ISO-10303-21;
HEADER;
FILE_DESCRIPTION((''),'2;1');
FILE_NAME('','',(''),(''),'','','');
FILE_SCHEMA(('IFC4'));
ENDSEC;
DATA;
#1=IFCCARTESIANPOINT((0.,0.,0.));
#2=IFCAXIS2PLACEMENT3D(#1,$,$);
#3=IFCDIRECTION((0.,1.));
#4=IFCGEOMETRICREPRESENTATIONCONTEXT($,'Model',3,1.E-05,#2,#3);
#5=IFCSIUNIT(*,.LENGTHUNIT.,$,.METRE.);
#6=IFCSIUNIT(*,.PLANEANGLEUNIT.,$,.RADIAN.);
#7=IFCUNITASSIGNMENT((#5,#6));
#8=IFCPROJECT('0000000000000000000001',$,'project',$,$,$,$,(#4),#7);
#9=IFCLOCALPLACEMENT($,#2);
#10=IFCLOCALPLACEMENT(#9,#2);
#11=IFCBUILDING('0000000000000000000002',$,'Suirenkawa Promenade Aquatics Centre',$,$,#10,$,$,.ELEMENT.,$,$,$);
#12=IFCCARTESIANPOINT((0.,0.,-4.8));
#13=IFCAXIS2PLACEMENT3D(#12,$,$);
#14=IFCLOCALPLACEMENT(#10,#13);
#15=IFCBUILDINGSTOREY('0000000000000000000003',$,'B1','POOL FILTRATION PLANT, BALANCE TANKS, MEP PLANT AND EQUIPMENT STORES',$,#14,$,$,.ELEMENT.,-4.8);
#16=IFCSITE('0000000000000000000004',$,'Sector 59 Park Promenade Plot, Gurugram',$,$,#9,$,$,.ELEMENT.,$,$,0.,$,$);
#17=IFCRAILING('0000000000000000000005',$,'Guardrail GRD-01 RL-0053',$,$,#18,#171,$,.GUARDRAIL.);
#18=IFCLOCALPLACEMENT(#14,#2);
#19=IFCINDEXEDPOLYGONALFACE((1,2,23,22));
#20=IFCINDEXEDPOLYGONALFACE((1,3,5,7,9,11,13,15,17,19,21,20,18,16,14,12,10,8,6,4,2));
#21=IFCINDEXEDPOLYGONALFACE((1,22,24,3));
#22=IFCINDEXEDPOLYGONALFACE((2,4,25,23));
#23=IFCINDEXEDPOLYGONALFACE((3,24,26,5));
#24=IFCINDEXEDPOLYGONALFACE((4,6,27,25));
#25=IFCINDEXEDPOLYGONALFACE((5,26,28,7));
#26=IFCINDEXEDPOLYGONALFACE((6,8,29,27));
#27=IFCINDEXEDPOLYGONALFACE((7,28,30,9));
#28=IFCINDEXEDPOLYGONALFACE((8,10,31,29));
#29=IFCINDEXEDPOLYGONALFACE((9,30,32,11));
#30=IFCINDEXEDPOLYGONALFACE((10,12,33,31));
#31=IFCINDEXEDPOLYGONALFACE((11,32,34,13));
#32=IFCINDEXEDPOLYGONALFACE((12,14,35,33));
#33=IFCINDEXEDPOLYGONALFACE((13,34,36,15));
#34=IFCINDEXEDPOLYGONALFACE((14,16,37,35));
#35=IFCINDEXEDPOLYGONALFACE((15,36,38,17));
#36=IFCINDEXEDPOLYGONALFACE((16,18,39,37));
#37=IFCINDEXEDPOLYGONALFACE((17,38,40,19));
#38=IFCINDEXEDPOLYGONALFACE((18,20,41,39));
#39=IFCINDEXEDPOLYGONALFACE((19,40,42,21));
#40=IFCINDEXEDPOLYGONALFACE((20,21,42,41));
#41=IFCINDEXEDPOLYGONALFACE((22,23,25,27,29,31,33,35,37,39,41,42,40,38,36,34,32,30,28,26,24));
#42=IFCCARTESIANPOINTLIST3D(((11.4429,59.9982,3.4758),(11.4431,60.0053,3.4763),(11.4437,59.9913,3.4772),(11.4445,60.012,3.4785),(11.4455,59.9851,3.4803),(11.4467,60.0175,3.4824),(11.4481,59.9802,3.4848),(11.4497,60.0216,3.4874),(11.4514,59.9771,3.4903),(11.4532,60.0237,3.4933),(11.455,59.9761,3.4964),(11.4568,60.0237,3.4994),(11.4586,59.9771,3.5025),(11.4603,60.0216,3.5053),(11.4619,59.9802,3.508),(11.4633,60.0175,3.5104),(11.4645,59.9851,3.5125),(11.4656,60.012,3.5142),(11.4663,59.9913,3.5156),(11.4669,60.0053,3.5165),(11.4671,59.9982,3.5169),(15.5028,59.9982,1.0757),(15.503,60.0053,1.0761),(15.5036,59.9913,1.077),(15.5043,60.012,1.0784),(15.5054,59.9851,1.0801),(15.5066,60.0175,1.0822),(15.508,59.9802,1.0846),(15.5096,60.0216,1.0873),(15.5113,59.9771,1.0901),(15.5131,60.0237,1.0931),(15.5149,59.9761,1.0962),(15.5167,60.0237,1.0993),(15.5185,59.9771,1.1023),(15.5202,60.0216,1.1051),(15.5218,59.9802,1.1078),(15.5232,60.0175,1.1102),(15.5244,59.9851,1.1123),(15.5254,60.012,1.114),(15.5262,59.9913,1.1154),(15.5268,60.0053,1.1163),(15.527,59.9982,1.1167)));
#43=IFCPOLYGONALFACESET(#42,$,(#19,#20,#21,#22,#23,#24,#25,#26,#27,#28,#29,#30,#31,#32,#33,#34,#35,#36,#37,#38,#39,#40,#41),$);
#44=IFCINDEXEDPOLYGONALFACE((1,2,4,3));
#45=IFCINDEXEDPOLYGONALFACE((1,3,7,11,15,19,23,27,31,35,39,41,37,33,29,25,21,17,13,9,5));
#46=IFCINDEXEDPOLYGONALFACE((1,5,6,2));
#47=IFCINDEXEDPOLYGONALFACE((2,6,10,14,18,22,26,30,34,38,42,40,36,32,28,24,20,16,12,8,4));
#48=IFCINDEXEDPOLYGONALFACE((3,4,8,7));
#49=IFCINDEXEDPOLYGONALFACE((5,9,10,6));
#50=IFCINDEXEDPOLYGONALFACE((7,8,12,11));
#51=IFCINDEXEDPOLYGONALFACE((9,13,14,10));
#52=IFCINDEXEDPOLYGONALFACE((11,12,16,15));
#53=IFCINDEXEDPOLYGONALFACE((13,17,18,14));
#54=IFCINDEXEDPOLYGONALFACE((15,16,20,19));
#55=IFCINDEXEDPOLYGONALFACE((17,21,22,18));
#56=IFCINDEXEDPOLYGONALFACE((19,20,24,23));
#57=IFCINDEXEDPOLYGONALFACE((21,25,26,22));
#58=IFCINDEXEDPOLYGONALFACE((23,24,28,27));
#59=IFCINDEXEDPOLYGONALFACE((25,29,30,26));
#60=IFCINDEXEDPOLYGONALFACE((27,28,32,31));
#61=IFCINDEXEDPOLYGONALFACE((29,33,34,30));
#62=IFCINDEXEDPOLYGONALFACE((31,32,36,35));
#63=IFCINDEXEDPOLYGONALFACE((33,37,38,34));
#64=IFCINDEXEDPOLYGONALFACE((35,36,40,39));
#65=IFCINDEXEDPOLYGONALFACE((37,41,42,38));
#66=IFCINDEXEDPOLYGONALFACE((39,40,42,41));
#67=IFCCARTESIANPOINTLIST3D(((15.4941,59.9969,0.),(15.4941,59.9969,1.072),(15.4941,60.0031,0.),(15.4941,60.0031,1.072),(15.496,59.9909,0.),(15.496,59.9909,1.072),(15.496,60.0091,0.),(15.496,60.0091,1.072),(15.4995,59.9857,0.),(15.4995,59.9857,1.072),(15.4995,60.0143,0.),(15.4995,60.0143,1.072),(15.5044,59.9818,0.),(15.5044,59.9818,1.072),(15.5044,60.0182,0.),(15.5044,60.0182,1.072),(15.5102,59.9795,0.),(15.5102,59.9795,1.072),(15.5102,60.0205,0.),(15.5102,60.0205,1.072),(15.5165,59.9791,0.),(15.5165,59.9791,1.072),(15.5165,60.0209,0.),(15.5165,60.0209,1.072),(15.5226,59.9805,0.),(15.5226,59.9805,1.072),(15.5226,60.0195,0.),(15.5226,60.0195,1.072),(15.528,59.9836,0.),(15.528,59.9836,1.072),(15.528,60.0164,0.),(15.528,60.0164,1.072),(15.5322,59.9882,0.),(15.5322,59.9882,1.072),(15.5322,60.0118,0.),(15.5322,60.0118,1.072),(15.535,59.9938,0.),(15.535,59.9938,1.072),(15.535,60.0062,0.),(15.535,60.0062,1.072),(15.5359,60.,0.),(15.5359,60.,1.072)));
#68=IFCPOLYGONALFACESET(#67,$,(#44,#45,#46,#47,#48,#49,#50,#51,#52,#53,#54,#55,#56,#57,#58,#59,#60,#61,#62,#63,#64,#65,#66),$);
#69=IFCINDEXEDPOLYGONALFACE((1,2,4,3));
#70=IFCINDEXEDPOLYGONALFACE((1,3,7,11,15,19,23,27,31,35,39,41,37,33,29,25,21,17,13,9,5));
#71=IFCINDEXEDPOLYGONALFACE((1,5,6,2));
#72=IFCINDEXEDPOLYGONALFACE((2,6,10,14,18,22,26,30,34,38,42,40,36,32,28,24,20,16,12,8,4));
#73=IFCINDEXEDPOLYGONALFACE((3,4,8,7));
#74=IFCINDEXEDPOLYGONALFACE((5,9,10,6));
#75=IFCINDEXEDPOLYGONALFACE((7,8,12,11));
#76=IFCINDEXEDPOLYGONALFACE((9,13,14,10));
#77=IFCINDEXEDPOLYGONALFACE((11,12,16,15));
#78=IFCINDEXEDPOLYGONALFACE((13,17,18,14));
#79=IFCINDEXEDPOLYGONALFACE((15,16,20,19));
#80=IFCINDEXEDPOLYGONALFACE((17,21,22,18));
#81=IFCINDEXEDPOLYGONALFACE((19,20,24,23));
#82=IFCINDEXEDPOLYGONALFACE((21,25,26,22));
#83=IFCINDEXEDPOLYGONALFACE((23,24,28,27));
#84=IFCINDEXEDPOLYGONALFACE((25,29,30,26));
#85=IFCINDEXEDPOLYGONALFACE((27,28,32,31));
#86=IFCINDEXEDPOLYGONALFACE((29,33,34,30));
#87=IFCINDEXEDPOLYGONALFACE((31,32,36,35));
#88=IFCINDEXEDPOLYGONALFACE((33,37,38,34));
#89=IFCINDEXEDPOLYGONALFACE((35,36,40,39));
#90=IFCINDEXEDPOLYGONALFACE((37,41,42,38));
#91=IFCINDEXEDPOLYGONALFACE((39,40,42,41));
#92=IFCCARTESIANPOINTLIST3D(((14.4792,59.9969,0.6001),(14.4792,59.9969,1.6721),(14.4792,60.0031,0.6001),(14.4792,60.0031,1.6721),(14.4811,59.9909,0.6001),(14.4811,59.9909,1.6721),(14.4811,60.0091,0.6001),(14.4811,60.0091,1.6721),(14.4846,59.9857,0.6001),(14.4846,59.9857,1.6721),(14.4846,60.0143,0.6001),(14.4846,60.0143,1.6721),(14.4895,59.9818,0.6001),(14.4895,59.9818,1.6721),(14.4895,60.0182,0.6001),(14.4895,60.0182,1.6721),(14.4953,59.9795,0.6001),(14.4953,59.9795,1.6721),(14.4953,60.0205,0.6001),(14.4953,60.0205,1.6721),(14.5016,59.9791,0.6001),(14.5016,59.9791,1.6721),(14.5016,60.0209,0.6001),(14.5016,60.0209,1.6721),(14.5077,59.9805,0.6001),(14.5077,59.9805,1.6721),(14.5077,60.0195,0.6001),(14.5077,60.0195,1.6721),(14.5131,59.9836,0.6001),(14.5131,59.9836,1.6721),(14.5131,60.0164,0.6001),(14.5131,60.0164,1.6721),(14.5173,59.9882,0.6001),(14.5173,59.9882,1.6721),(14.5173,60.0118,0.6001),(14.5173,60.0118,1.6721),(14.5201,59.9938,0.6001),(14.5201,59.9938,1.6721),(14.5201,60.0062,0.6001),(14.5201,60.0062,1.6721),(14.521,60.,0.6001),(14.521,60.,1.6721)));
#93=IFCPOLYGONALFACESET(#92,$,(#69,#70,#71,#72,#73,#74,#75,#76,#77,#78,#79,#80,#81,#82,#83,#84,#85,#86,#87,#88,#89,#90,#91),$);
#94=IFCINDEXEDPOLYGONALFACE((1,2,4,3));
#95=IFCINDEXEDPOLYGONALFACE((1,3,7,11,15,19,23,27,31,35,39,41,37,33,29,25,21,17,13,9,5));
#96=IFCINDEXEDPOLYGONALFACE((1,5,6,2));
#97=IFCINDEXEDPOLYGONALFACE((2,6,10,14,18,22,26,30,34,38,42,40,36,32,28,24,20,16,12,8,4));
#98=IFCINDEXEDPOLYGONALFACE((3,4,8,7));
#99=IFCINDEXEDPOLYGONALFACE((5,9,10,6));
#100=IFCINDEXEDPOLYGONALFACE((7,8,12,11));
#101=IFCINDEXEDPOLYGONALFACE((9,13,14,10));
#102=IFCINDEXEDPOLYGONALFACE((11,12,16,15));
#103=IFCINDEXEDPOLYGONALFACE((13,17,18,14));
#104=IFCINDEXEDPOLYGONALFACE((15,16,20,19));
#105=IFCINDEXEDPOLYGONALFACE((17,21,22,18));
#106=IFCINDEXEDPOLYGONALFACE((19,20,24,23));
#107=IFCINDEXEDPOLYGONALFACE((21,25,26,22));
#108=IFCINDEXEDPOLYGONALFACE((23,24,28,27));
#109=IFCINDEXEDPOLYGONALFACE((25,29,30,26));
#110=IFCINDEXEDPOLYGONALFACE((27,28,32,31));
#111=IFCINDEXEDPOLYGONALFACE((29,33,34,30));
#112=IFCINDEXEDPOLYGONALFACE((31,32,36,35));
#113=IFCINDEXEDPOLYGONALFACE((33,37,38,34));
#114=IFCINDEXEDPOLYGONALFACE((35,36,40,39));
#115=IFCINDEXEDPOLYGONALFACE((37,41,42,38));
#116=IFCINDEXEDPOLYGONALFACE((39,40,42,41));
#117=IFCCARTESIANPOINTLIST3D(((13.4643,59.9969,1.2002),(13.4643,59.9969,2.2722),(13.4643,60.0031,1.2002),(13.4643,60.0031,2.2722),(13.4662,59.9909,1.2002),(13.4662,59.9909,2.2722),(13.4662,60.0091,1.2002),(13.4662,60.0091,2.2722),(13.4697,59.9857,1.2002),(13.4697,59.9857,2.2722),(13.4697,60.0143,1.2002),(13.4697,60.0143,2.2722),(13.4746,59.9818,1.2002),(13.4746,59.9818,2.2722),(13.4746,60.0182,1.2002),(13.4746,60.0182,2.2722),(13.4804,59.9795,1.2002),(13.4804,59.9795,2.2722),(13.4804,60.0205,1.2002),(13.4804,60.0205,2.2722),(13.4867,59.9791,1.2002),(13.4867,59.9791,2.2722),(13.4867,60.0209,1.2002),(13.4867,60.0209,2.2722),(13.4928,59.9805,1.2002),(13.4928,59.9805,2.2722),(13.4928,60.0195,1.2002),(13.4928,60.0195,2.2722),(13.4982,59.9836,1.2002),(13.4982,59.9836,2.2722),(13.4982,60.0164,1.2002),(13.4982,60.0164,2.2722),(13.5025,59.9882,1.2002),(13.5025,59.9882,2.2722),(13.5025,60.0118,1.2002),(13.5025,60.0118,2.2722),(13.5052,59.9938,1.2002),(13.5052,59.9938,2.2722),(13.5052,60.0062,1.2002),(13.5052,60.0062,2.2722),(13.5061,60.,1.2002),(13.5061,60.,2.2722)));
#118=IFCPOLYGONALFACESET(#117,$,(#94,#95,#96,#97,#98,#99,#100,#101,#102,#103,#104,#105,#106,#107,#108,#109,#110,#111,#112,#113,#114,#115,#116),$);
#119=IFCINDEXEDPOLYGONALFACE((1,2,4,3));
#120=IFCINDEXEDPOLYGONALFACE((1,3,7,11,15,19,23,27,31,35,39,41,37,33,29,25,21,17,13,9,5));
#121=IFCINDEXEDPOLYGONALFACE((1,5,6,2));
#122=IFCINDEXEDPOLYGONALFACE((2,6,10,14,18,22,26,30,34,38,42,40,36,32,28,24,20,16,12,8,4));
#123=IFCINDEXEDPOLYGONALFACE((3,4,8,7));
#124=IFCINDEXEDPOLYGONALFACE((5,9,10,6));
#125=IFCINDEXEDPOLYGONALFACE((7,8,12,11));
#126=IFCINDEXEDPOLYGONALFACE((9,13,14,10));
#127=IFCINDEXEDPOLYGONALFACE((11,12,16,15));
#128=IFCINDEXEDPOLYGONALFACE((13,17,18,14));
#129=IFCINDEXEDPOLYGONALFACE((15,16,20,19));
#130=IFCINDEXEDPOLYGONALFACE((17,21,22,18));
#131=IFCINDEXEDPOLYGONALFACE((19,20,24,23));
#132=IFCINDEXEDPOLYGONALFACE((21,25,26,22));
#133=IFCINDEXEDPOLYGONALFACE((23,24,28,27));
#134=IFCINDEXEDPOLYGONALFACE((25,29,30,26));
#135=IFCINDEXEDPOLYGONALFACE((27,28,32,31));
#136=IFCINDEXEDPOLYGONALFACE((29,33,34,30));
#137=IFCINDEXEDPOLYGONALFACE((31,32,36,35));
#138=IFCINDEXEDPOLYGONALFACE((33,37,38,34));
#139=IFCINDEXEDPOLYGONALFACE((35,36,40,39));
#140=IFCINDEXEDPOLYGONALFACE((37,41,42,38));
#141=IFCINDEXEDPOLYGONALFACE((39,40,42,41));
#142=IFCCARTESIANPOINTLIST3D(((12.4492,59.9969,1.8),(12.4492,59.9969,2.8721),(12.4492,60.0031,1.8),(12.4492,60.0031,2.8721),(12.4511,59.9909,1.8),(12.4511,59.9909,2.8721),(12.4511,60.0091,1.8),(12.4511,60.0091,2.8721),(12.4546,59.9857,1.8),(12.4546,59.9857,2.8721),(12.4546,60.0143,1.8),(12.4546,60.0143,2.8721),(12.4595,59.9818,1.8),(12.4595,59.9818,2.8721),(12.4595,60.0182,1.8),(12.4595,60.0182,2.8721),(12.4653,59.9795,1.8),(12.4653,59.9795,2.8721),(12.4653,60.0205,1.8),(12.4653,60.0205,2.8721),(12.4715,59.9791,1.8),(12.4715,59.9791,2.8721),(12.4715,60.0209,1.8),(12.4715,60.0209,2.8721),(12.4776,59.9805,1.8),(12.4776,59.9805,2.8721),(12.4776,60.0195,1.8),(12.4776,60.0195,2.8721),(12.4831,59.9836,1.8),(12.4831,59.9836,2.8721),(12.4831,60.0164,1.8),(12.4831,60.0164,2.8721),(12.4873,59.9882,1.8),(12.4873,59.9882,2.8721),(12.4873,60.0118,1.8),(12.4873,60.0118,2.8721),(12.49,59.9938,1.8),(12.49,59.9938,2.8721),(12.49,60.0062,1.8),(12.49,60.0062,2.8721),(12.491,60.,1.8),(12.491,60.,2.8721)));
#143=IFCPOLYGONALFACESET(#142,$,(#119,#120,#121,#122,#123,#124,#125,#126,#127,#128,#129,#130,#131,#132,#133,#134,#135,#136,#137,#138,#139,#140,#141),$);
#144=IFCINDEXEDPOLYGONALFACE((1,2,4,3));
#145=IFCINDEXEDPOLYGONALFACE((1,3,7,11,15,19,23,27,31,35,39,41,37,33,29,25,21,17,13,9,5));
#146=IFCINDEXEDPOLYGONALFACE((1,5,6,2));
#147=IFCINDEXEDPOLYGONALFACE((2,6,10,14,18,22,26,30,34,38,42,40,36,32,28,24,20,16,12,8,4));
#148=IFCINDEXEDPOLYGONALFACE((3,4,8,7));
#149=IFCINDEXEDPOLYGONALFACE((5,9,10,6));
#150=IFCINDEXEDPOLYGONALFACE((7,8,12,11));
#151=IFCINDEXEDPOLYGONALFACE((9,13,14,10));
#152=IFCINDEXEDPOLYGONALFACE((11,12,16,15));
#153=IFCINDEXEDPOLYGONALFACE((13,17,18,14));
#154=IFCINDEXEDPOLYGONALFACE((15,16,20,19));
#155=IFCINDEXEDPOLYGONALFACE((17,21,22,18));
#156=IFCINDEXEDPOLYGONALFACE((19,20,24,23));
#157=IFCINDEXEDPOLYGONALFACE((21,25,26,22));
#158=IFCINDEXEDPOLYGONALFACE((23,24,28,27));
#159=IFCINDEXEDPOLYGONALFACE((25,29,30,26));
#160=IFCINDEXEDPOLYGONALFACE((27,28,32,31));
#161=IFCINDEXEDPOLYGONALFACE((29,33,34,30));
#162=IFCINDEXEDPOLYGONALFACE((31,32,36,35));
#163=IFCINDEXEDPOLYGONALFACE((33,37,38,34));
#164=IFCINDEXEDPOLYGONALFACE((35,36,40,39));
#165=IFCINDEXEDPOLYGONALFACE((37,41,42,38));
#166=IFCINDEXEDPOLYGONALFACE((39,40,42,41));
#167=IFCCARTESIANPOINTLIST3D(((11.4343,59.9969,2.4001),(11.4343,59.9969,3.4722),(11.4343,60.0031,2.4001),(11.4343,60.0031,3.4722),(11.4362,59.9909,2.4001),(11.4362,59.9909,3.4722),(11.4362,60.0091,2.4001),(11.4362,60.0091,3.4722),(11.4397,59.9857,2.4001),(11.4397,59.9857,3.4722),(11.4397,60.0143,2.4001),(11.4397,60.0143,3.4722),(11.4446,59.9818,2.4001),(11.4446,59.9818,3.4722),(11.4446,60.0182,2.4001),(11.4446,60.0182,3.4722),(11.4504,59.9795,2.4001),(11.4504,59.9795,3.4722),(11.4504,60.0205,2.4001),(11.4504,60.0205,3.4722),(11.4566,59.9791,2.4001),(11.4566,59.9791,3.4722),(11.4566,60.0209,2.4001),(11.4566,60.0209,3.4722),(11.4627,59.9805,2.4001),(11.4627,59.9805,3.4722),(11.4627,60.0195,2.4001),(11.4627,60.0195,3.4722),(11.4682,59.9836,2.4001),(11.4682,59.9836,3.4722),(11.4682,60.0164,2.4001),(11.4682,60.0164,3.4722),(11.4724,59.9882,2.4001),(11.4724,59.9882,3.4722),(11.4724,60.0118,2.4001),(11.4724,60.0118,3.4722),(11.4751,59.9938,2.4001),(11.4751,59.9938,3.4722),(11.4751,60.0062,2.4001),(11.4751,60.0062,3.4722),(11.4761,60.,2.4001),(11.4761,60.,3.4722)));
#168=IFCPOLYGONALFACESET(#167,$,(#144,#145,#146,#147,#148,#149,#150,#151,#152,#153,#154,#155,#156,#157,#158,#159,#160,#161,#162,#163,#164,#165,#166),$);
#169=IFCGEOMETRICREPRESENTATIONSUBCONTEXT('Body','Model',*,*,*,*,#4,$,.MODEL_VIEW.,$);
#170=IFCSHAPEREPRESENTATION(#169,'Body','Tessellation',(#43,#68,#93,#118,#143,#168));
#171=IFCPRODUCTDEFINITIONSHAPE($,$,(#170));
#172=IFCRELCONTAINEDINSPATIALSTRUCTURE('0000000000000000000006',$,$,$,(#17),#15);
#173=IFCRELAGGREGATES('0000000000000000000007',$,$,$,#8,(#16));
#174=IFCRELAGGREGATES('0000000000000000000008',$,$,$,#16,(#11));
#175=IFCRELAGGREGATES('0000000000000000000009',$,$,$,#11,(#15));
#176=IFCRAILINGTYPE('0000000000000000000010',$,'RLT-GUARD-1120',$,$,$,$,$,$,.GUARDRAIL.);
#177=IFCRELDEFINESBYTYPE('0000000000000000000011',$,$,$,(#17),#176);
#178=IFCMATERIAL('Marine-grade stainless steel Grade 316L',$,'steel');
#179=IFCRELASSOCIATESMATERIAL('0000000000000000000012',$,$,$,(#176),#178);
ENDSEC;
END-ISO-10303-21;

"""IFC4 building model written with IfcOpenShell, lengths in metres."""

from ifc_helpers import new_model, si_unit, direction, frame, origin, origin_2d, place, context, subcontext, project, spatial, circle, extrude, material, type_object, element, save


model = new_model("IFC4")

# Units and contexts
model_context = context("Model", 3, precision=1e-05, world=origin(), true_north=direction((0.0, 1.0)))
body_context = subcontext(model_context, "Body", "Model", "MODEL_VIEW")
ifc_project = project(units=[si_unit("LENGTHUNIT", "METRE"), si_unit("PLANEANGLEUNIT", "RADIAN")], contexts=[model_context])

# Site, building, storey
site_placement = place(None, origin())
site = spatial("IfcSite", under=ifc_project, at=site_placement, Name="Sector 59 Park Promenade Plot, Gurugram", CompositionType="ELEMENT", RefElevation=0.0)
building_placement = place(site_placement, origin())
building = spatial("IfcBuilding", under=site, at=building_placement, Name="Suirenkawa Promenade Aquatics Centre", CompositionType="ELEMENT")
storey_placement = place(building_placement, frame((0.0, 0.0, -4.8)))
storey = spatial("IfcBuildingStorey", under=building, at=storey_placement, Name="B1", Description="POOL FILTRATION PLANT, BALANCE TANKS, MEP PLANT AND EQUIPMENT STORES", CompositionType="ELEMENT", Elevation=-4.8)

# Railing
ifc_material_1 = material(Name="Marine-grade stainless steel Grade 316L", Category="steel")
railing_type_1 = type_object("IfcRailingType", Name="RLT-GUARD-1120", PredefinedType="GUARDRAIL", material=ifc_material_1)
for number, where, name in (
    (1, (15.5149, 60.0, 0.0), "Guardrail GRD-01 RL-0053"),
):
    element("IfcRailing", number, at=place(storey_placement, frame(where)), inside=storey, type_object=railing_type_1, Name=name, PredefinedType="GUARDRAIL", context=body_context, shape_type="SweptSolid", body=[
        extrude(circle(Radius=0.0239, at=origin_2d()), frame((0.0, 0.0, 1.0962), z_axis=(-0.860818, 0.0, 0.508912), x_axis=(0.0, -1.0, 0.0)), (0.0, 0.0, 1.0), 4.7163),
        extrude(circle(Radius=0.021, at=origin_2d()), origin(), (0.0, 0.0, 1.0), 1.072),
        extrude(circle(Radius=0.021, at=origin_2d()), frame((-1.0149, 0.0, 0.6001)), (0.0, 0.0, 1.0), 1.072),
        extrude(circle(Radius=0.021, at=origin_2d()), frame((-2.0298, 0.0, 1.2002)), (0.0, 0.0, 1.0), 1.072),
        extrude(circle(Radius=0.021, at=origin_2d()), frame((-3.0449, 0.0, 1.8)), (0.0, 0.0, 1.0), 1.072),
        extrude(circle(Radius=0.021, at=origin_2d()), frame((-4.0598, 0.0, 2.4001)), (0.0, 0.0, 1.0), 1.072),
    ])

save(model, "model.ifc")
